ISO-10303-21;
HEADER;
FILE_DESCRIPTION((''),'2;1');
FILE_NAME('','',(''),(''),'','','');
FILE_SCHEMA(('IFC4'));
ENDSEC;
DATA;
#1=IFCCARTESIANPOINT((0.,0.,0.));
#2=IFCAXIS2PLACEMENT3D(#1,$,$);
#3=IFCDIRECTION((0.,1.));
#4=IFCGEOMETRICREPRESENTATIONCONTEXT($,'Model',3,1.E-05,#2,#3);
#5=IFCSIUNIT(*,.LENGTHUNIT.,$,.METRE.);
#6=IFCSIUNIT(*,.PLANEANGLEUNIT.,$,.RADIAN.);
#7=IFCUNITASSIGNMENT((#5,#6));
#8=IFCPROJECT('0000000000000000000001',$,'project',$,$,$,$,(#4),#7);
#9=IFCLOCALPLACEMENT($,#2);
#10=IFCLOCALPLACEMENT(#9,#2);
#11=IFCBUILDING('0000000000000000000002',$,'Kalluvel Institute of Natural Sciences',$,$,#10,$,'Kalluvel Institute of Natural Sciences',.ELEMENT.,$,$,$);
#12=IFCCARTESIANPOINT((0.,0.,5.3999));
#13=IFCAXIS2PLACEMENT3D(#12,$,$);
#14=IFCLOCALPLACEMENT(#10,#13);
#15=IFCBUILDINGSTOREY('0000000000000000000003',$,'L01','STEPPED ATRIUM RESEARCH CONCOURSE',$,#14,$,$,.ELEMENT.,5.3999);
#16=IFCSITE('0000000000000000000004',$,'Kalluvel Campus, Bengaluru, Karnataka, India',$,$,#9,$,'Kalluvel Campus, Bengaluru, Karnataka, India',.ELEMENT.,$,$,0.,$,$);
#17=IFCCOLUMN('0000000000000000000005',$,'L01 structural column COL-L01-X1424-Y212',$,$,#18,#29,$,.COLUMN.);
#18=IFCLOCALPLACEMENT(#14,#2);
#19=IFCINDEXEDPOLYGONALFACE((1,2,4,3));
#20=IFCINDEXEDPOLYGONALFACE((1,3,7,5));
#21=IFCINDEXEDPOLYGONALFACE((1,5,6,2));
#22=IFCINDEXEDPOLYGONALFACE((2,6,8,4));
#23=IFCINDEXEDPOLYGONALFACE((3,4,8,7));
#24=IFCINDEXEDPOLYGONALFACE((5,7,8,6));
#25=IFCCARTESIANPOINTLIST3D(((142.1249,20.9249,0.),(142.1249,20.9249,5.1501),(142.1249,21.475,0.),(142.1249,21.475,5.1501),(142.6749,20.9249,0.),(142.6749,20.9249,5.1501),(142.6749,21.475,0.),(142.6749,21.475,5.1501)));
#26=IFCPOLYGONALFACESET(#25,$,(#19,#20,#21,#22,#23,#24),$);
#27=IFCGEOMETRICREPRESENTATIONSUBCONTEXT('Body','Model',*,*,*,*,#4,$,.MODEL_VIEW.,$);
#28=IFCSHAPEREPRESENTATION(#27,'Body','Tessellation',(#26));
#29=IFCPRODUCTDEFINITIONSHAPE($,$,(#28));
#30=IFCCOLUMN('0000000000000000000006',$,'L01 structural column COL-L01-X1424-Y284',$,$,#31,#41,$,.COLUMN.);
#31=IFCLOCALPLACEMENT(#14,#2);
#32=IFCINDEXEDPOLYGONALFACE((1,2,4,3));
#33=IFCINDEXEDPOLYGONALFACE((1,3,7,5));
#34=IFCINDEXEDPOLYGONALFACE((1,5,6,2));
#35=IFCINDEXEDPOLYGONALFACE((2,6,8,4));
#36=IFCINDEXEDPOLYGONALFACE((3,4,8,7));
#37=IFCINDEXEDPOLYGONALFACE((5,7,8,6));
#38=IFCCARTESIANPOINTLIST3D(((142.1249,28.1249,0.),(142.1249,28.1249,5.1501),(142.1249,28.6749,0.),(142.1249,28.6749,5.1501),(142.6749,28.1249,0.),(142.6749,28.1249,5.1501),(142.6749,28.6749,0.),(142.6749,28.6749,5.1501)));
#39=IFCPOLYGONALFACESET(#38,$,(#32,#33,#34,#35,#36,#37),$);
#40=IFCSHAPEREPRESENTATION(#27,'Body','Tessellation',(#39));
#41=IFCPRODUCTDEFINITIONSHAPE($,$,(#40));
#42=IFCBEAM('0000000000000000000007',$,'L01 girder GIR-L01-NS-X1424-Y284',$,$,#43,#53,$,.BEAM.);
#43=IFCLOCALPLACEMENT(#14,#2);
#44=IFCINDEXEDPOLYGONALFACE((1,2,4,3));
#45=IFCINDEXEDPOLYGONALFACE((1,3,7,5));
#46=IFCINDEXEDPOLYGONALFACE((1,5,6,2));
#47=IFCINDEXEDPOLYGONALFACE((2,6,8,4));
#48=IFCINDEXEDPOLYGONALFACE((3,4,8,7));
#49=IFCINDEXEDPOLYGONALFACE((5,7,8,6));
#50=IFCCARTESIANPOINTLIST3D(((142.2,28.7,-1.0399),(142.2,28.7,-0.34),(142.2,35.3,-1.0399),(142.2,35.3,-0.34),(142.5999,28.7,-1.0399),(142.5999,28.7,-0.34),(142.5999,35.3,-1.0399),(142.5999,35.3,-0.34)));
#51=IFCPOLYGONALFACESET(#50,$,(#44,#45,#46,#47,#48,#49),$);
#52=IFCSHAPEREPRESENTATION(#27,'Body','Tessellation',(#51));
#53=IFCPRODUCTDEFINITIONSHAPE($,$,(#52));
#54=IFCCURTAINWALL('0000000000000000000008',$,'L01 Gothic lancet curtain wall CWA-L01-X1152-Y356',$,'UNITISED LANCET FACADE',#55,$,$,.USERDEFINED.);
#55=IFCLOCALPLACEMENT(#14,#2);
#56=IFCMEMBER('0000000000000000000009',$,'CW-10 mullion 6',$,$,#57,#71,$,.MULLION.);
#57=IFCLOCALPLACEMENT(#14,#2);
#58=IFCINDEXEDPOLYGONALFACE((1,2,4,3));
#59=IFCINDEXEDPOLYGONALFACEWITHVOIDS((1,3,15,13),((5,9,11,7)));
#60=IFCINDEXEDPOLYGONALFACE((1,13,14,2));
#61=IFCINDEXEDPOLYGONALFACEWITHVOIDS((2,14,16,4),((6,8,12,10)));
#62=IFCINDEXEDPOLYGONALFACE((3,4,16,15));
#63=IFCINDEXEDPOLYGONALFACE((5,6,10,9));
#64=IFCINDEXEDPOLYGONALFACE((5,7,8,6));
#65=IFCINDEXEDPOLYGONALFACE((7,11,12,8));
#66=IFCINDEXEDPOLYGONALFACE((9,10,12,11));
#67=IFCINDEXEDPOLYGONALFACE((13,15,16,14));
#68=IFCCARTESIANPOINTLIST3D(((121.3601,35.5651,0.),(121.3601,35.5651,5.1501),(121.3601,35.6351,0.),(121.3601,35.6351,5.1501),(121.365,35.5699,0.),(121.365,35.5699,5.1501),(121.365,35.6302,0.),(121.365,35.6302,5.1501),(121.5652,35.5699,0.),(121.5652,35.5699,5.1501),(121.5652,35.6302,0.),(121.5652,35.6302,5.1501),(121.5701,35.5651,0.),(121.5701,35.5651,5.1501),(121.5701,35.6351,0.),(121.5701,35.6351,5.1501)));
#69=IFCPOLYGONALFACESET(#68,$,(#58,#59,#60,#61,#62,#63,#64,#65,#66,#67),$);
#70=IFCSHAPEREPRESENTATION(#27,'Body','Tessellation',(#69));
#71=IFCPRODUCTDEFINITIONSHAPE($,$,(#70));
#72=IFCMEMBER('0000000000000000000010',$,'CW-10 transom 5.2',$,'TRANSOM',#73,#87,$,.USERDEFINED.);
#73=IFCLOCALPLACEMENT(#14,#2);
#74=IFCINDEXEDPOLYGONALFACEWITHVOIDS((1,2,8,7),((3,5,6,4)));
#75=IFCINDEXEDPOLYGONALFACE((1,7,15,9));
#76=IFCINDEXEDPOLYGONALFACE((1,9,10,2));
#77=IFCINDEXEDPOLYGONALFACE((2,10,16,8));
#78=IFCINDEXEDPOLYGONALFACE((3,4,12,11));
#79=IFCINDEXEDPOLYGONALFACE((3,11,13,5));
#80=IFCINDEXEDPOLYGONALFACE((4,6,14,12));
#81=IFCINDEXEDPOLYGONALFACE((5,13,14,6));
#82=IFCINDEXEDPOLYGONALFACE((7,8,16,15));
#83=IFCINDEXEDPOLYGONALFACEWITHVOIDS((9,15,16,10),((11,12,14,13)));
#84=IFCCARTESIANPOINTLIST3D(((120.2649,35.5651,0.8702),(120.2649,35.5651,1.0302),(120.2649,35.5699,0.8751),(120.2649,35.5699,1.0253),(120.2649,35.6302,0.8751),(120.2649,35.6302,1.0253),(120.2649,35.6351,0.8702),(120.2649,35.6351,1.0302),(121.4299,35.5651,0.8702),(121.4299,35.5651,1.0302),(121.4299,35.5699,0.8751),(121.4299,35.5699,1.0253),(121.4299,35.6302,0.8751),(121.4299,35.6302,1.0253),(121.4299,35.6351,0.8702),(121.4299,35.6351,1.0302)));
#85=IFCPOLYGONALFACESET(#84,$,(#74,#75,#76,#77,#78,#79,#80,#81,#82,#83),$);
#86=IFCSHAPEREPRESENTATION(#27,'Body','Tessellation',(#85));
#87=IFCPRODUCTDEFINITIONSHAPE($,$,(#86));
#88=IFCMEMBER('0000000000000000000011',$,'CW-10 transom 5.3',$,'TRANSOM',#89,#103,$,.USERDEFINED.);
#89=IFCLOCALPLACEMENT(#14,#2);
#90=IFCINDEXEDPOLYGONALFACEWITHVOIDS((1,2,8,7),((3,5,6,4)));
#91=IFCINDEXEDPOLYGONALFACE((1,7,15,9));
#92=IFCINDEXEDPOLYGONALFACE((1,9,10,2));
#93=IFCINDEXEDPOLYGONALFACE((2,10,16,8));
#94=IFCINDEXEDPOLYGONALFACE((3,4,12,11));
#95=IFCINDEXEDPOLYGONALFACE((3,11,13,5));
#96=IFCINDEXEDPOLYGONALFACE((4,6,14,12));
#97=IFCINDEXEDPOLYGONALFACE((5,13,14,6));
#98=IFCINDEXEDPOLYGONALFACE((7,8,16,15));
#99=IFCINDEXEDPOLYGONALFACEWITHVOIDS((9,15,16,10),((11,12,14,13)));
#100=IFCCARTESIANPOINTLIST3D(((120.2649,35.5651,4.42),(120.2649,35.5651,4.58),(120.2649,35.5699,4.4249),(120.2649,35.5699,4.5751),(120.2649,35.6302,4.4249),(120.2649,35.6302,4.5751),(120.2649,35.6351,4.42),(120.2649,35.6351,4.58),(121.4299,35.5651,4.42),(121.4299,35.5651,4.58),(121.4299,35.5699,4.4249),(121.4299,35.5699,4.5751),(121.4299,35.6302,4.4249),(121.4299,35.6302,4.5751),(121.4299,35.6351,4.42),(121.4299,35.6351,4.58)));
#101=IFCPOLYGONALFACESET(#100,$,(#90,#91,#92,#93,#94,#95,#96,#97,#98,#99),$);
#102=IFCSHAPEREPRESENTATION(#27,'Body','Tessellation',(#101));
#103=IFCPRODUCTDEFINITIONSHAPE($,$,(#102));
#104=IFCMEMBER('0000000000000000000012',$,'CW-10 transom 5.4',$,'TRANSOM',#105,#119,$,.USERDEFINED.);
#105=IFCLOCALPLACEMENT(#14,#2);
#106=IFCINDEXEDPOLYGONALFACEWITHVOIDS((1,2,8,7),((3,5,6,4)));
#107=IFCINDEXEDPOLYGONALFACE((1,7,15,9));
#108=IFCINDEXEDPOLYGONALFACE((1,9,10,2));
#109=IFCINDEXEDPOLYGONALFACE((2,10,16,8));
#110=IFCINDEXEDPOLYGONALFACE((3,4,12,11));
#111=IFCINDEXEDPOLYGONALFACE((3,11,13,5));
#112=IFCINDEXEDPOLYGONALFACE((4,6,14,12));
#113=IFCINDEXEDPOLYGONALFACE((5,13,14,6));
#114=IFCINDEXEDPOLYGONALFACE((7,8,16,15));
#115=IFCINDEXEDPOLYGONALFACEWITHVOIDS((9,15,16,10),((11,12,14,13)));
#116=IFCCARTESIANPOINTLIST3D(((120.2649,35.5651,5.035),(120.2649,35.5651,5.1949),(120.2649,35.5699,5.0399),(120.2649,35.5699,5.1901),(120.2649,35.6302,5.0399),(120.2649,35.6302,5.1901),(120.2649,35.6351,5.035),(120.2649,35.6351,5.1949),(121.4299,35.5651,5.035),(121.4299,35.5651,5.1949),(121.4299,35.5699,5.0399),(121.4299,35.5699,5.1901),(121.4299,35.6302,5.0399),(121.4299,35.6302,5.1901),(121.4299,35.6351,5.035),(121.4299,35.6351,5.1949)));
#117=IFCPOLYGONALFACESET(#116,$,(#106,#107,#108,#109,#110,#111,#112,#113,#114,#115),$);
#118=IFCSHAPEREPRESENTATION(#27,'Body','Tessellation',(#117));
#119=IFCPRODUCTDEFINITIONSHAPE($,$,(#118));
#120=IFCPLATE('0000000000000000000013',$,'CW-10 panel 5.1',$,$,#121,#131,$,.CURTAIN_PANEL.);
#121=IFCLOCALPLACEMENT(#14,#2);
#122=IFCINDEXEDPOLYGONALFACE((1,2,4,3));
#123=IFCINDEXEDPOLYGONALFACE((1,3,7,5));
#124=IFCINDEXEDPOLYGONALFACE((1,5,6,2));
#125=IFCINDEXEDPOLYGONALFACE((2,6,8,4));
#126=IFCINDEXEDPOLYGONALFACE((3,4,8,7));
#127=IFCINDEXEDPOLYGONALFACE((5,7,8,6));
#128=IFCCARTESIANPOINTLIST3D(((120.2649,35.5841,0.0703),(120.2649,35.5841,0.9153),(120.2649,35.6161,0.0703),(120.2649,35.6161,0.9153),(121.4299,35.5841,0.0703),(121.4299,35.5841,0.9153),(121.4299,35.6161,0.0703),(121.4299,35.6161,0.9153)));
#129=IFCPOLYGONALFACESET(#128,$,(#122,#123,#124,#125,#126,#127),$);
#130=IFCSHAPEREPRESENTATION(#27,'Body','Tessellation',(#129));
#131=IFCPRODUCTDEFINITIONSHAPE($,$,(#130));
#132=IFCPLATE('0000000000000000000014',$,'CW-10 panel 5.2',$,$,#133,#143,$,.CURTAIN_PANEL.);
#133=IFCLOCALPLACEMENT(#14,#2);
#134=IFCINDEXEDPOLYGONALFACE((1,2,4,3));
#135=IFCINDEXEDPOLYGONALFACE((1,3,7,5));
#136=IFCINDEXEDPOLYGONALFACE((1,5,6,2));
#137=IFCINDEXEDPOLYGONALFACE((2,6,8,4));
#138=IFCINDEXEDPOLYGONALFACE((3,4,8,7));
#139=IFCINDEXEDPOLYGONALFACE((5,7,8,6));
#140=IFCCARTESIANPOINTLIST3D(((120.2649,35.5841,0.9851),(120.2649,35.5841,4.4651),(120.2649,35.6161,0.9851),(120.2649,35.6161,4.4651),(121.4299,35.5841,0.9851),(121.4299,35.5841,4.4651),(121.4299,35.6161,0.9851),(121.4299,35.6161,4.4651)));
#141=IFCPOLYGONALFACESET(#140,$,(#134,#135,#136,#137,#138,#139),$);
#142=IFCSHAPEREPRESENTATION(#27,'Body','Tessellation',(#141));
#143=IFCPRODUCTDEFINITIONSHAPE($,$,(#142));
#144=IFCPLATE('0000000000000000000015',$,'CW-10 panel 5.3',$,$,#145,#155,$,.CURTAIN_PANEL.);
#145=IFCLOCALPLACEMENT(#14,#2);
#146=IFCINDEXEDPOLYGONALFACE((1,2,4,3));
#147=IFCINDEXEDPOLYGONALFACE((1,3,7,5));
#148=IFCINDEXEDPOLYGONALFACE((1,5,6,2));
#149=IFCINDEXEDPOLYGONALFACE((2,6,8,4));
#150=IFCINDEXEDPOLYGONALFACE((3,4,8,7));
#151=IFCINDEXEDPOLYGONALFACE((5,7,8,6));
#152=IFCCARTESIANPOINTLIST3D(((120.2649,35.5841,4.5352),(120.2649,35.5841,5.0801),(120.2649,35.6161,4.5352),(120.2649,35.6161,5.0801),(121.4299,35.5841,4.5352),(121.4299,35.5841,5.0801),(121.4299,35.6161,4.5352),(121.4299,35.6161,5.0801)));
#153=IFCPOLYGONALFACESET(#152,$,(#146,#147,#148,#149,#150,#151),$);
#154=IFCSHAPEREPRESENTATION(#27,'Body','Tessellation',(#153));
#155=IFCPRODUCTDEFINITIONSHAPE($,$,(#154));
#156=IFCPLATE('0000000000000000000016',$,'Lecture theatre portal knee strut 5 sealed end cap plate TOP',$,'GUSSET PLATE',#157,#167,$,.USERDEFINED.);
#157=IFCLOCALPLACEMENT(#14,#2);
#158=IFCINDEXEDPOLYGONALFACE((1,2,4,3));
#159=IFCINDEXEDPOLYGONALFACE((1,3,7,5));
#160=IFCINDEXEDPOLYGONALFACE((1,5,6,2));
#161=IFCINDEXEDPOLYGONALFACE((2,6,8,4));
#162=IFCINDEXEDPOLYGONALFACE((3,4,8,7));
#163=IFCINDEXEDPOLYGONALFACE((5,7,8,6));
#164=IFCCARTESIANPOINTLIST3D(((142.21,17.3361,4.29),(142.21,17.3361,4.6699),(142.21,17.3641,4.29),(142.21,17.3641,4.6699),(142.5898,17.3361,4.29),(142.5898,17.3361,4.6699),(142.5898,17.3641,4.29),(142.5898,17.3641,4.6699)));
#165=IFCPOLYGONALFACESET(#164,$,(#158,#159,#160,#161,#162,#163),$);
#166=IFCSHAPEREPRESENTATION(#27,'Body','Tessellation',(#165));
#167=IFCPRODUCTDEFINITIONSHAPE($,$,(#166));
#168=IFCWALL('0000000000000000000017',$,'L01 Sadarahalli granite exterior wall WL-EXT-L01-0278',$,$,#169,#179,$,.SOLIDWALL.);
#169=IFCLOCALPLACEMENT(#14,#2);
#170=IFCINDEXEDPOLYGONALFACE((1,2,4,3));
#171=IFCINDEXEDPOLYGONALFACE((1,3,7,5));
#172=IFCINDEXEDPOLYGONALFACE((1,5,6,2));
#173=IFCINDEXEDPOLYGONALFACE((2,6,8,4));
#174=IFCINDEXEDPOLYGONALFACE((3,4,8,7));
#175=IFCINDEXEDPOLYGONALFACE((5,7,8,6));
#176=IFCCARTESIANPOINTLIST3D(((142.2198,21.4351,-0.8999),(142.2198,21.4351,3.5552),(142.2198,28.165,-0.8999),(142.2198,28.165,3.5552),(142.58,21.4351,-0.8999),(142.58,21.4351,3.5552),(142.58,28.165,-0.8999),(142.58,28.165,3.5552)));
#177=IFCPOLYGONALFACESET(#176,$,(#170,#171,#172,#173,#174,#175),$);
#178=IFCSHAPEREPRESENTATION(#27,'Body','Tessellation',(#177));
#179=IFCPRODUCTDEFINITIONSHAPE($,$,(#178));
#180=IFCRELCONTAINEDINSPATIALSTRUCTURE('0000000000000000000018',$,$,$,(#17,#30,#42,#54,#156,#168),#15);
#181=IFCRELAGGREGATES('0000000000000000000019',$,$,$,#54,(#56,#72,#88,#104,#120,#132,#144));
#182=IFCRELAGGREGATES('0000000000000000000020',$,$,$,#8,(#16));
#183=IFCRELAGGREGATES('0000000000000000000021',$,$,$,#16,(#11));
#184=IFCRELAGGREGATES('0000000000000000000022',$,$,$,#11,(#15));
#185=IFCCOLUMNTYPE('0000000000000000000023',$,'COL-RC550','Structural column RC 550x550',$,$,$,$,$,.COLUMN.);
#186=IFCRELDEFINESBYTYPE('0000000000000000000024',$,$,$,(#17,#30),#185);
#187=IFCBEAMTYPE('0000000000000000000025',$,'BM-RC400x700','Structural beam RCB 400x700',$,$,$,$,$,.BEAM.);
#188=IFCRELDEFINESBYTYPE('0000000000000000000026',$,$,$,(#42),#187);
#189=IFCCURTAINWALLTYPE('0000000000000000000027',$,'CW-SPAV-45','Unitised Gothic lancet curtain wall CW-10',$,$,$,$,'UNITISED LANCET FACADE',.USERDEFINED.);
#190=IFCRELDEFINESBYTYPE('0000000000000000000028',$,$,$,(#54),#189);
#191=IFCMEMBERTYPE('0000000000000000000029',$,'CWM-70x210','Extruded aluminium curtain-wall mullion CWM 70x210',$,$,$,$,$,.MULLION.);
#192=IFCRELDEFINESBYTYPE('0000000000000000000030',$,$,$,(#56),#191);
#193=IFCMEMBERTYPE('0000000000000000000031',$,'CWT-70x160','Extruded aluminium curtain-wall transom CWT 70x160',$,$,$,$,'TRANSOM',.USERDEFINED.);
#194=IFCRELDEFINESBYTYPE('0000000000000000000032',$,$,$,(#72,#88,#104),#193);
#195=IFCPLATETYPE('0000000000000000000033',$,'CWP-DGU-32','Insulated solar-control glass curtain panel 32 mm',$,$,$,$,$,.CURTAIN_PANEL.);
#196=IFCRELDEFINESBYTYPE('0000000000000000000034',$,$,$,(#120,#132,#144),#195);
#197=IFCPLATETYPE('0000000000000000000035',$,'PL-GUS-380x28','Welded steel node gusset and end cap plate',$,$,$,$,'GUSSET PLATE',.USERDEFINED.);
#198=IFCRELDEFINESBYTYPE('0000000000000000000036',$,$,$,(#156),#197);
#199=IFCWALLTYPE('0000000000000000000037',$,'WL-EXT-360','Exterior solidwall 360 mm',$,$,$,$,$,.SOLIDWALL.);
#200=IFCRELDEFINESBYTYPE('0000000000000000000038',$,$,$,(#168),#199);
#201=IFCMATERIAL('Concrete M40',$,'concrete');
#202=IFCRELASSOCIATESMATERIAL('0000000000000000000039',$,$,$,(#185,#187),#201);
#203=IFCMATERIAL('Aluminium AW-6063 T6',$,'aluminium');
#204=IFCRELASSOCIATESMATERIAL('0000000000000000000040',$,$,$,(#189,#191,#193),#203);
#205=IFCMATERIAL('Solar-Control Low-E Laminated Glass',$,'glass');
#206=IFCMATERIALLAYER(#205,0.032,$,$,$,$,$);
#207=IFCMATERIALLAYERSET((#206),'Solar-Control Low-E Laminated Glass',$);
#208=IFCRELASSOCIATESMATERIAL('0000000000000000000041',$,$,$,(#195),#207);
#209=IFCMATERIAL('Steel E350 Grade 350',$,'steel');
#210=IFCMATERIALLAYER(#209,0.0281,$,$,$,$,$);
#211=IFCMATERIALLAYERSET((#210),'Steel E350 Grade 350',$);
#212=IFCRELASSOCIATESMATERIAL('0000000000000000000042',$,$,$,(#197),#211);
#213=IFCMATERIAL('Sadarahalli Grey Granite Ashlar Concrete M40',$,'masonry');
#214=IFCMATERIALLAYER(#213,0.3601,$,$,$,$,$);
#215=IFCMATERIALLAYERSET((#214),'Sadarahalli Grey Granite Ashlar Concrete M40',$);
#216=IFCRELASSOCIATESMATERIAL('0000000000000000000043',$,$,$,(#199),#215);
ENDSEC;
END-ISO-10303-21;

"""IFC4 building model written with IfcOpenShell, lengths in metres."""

from ifc_helpers import new_model, si_unit, direction, frame, frame_2d, origin, origin_2d, place, context, subcontext, project, spatial, rectangle, hollow_rectangle, extrude, material, layer, layer_set, material_profile, profile_set, type_object, element, aggregate, save


model = new_model("IFC4")

# Units and contexts
model_context = context("Model", 3, precision=1e-05, world=origin(), true_north=direction((0.0, 1.0)))
body_context = subcontext(model_context, "Body", "Model", "MODEL_VIEW")
ifc_project = project(units=[si_unit("LENGTHUNIT", "METRE"), si_unit("PLANEANGLEUNIT", "RADIAN")], contexts=[model_context])

# Site, building, storey
site_placement = place(None, origin())
site = spatial("IfcSite", under=ifc_project, at=site_placement, Name="Kalluvel Campus, Bengaluru, Karnataka, India", LongName="Kalluvel Campus, Bengaluru, Karnataka, India", CompositionType="ELEMENT", RefElevation=0.0)
building_placement = place(site_placement, origin())
building = spatial("IfcBuilding", under=site, at=building_placement, Name="Kalluvel Institute of Natural Sciences", LongName="Kalluvel Institute of Natural Sciences", CompositionType="ELEMENT")
storey_placement = place(building_placement, frame((0.0, 0.0, 5.3999)))
storey = spatial("IfcBuildingStorey", under=building, at=storey_placement, Name="L01", Description="STEPPED ATRIUM RESEARCH CONCOURSE", CompositionType="ELEMENT", Elevation=5.3999)

# Columns
ifc_material_1 = material(Name="Concrete M40", Category="concrete")
ifc_material_profile_1 = material_profile(ifc_material_1, rectangle(XDim=0.55, YDim=0.55, at=origin_2d()), Name="RC 550x550")
ifc_profile_set_1 = profile_set([ifc_material_profile_1], Name="Concrete M40")
column_type = type_object("IfcColumnType", Name="COL-RC550", Description="Structural column RC 550x550", PredefinedType="COLUMN", material=ifc_profile_set_1)
for number, where, z_axis, x_axis, name in (
    (1, (142.3999, 21.2, 0.0), (0.0, 0.0, 1.0), (1.0, 0.0, 0.0), "L01 structural column COL-L01-X1424-Y212"),
    (2, (142.3999, 28.3999, 0.0), (0.0, 0.0, 1.0), (1.0, 0.0, 0.0), "L01 structural column COL-L01-X1424-Y284"),
):
    element("IfcColumn", number, at=place(storey_placement, frame(where, z_axis=z_axis, x_axis=x_axis)), inside=storey, type_object=column_type, Name=name, PredefinedType="COLUMN", context=body_context, shape_type="SweptSolid", body=[
        extrude(rectangle(XDim=0.55, YDim=0.55, at=origin_2d()), origin(), (0.0, 0.0, 1.0), 5.1501),
    ])

# Beam
ifc_material_profile_2 = material_profile(ifc_material_1, rectangle(XDim=0.3999, YDim=0.7, at=origin_2d()), Name="RCB 400x700")
ifc_profile_set_2 = profile_set([ifc_material_profile_2], Name="Concrete M40")
beam_type = type_object("IfcBeamType", Name="BM-RC400x700", Description="Structural beam RCB 400x700", PredefinedType="BEAM", material=ifc_profile_set_2)
beam_placement = place(storey_placement, frame((142.3999, 28.7, -0.6899), z_axis=(0.0, 1.0, 0.0), x_axis=(-1.0, 0.0, 0.0)))
element("IfcBeam", 3, at=beam_placement, inside=storey, type_object=beam_type, Name="L01 girder GIR-L01-NS-X1424-Y284", PredefinedType="BEAM", context=body_context, shape_type="SweptSolid", body=[
    extrude(rectangle(XDim=0.3999, YDim=0.7, at=origin_2d()), origin(), (0.0, 0.0, 1.0), 6.6001),
])

# Curtain wall, members, plates
ifc_material_2 = material(Name="Aluminium AW-6063 T6", Category="aluminium")
curtain_wall_type = type_object("IfcCurtainWallType", Name="CW-SPAV-45", Description="Unitised Gothic lancet curtain wall CW-10", ElementType="UNITISED LANCET FACADE", PredefinedType="USERDEFINED", material=ifc_material_2)
curtain_wall_placement = place(storey_placement, origin())
curtain_wall = element("IfcCurtainWall", 4, at=curtain_wall_placement, inside=storey, type_object=curtain_wall_type, Name="L01 Gothic lancet curtain wall CWA-L01-X1152-Y356", ObjectType="UNITISED LANCET FACADE", PredefinedType="USERDEFINED")
ifc_material_profile_3 = material_profile(ifc_material_2, hollow_rectangle(XDim=0.0701, YDim=0.21, WallThickness=0.0049, at=origin_2d()), Name="CWM 70x210")
ifc_profile_set_3 = profile_set([ifc_material_profile_3], Name="Aluminium AW-6063 T6")
member_type_1 = type_object("IfcMemberType", Name="CWM-70x210", Description="Extruded aluminium curtain-wall mullion CWM 70x210", PredefinedType="MULLION", material=ifc_profile_set_3)
member_1_placement = place(storey_placement, frame((121.4651, 35.6001, 0.0), z_axis=(0.0, 0.0, 1.0), x_axis=(0.0, 1.0, 0.0)))
member_1 = element("IfcMember", 5, at=member_1_placement, type_object=member_type_1, Name="CW-10 mullion 6", PredefinedType="MULLION", context=body_context, shape_type="SweptSolid", body=[
    extrude(hollow_rectangle(XDim=0.0701, YDim=0.21, WallThickness=0.0049, at=origin_2d()), origin(), (0.0, 0.0, 1.0), 5.1501),
])
ifc_material_profile_4 = material_profile(ifc_material_2, hollow_rectangle(XDim=0.0701, YDim=0.1599, WallThickness=0.0049, at=origin_2d()), Name="CWT 70x160")
ifc_profile_set_4 = profile_set([ifc_material_profile_4], Name="Aluminium AW-6063 T6")
member_type_2 = type_object("IfcMemberType", Name="CWT-70x160", Description="Extruded aluminium curtain-wall transom CWT 70x160", ElementType="TRANSOM", PredefinedType="USERDEFINED", material=ifc_profile_set_4)
member_2_placement = place(storey_placement, frame((120.2649, 35.6001, 0.9502), z_axis=(1.0, 0.0, 0.0), x_axis=(0.0, 1.0, 0.0)))
member_2 = element("IfcMember", 6, at=member_2_placement, type_object=member_type_2, Name="CW-10 transom 5.2", ObjectType="TRANSOM", PredefinedType="USERDEFINED", context=body_context, shape_type="SweptSolid", body=[
    extrude(hollow_rectangle(XDim=0.0701, YDim=0.1599, WallThickness=0.0049, at=origin_2d()), origin(), (0.0, 0.0, 1.0), 1.165),
])
member_3_placement = place(storey_placement, frame((120.2649, 35.6001, 4.5), z_axis=(1.0, 0.0, 0.0), x_axis=(0.0, 1.0, 0.0)))
member_3 = element("IfcMember", 7, at=member_3_placement, type_object=member_type_2, Name="CW-10 transom 5.3", ObjectType="TRANSOM", PredefinedType="USERDEFINED", context=body_context, shape_type="SweptSolid", body=[
    extrude(hollow_rectangle(XDim=0.0701, YDim=0.1599, WallThickness=0.0049, at=origin_2d()), origin(), (0.0, 0.0, 1.0), 1.165),
])
member_4_placement = place(storey_placement, frame((120.2649, 35.6001, 5.115), z_axis=(1.0, 0.0, 0.0), x_axis=(0.0, 1.0, 0.0)))
member_4 = element("IfcMember", 8, at=member_4_placement, type_object=member_type_2, Name="CW-10 transom 5.4", ObjectType="TRANSOM", PredefinedType="USERDEFINED", context=body_context, shape_type="SweptSolid", body=[
    extrude(hollow_rectangle(XDim=0.0701, YDim=0.1599, WallThickness=0.0049, at=origin_2d()), origin(), (0.0, 0.0, 1.0), 1.165),
])
ifc_material_3 = material(Name="Solar-Control Low-E Laminated Glass", Category="glass")
ifc_layer_1 = layer(ifc_material_3, 0.032)
ifc_layer_set_1 = layer_set([ifc_layer_1], Name="Solar-Control Low-E Laminated Glass")
plate_type_1 = type_object("IfcPlateType", Name="CWP-DGU-32", Description="Insulated solar-control glass curtain panel 32 mm", PredefinedType="CURTAIN_PANEL", material=ifc_layer_set_1)
plate_1_placement = place(storey_placement, frame((120.8474, 35.6001, 0.0703), z_axis=(0.0, 0.0, 1.0), x_axis=(1.0, 0.0, 0.0)))
plate_1 = element("IfcPlate", 9, at=plate_1_placement, type_object=plate_type_1, Name="CW-10 panel 5.1", PredefinedType="CURTAIN_PANEL", context=body_context, shape_type="SweptSolid", body=[
    extrude(rectangle(XDim=1.165, YDim=0.032, at=origin_2d()), origin(), (0.0, 0.0, 1.0), 0.845),
])
plate_2_placement = place(storey_placement, frame((120.8474, 35.6001, 0.9851), z_axis=(0.0, 0.0, 1.0), x_axis=(1.0, 0.0, 0.0)))
plate_2 = element("IfcPlate", 10, at=plate_2_placement, type_object=plate_type_1, Name="CW-10 panel 5.2", PredefinedType="CURTAIN_PANEL", context=body_context, shape_type="SweptSolid", body=[
    extrude(rectangle(XDim=1.165, YDim=0.032, at=origin_2d()), origin(), (0.0, 0.0, 1.0), 3.48),
])
plate_3_placement = place(storey_placement, frame((120.8474, 35.6001, 4.5352), z_axis=(0.0, 0.0, 1.0), x_axis=(1.0, 0.0, 0.0)))
plate_3 = element("IfcPlate", 11, at=plate_3_placement, type_object=plate_type_1, Name="CW-10 panel 5.3", PredefinedType="CURTAIN_PANEL", context=body_context, shape_type="SweptSolid", body=[
    extrude(rectangle(XDim=1.165, YDim=0.032, at=origin_2d()), origin(), (0.0, 0.0, 1.0), 0.5449),
])
aggregate(curtain_wall, [member_1, member_2, member_3, member_4, plate_1, plate_2, plate_3])

# Plate
ifc_material_4 = material(Name="Steel E350 Grade 350", Category="steel")
ifc_layer_2 = layer(ifc_material_4, 0.0281)
ifc_layer_set_2 = layer_set([ifc_layer_2], Name="Steel E350 Grade 350")
plate_type_2 = type_object("IfcPlateType", Name="PL-GUS-380x28", Description="Welded steel node gusset and end cap plate", ElementType="GUSSET PLATE", PredefinedType="USERDEFINED", material=ifc_layer_set_2)
plate_4_placement = place(storey_placement, frame((142.3999, 17.3501, 4.29), z_axis=(0.0, 0.0, 1.0), x_axis=(1.0, 0.0, 0.0)))
element("IfcPlate", 12, at=plate_4_placement, inside=storey, type_object=plate_type_2, Name="Lecture theatre portal knee strut 5 sealed end cap plate TOP", ObjectType="GUSSET PLATE", PredefinedType="USERDEFINED", context=body_context, shape_type="SweptSolid", body=[
    extrude(rectangle(XDim=0.3799, YDim=0.0281, at=origin_2d()), origin(), (0.0, 0.0, 1.0), 0.3799),
])

# Wall
ifc_material_5 = material(Name="Sadarahalli Grey Granite Ashlar Concrete M40", Category="masonry")
ifc_layer_3 = layer(ifc_material_5, 0.3601)
ifc_layer_set_3 = layer_set([ifc_layer_3], Name="Sadarahalli Grey Granite Ashlar Concrete M40")
wall_type_1 = type_object("IfcWallType", Name="WL-EXT-360", Description="Exterior solidwall 360 mm", PredefinedType="SOLIDWALL", material=ifc_layer_set_3)
wall_1_placement = place(storey_placement, frame((142.3999, 21.4351, -0.8999), z_axis=(0.0, 0.0, 1.0), x_axis=(0.0, 1.0, 0.0)))
element("IfcWall", 13, at=wall_1_placement, inside=storey, type_object=wall_type_1, Name="L01 Sadarahalli granite exterior wall WL-EXT-L01-0278", PredefinedType="SOLIDWALL", context=body_context, shape_type="SweptSolid", body=[
    extrude(rectangle(XDim=6.73, YDim=0.3601, at=frame_2d((3.365, 0.0))), origin(), (0.0, 0.0, 1.0), 4.4551),
])

save(model, "model.ifc")
